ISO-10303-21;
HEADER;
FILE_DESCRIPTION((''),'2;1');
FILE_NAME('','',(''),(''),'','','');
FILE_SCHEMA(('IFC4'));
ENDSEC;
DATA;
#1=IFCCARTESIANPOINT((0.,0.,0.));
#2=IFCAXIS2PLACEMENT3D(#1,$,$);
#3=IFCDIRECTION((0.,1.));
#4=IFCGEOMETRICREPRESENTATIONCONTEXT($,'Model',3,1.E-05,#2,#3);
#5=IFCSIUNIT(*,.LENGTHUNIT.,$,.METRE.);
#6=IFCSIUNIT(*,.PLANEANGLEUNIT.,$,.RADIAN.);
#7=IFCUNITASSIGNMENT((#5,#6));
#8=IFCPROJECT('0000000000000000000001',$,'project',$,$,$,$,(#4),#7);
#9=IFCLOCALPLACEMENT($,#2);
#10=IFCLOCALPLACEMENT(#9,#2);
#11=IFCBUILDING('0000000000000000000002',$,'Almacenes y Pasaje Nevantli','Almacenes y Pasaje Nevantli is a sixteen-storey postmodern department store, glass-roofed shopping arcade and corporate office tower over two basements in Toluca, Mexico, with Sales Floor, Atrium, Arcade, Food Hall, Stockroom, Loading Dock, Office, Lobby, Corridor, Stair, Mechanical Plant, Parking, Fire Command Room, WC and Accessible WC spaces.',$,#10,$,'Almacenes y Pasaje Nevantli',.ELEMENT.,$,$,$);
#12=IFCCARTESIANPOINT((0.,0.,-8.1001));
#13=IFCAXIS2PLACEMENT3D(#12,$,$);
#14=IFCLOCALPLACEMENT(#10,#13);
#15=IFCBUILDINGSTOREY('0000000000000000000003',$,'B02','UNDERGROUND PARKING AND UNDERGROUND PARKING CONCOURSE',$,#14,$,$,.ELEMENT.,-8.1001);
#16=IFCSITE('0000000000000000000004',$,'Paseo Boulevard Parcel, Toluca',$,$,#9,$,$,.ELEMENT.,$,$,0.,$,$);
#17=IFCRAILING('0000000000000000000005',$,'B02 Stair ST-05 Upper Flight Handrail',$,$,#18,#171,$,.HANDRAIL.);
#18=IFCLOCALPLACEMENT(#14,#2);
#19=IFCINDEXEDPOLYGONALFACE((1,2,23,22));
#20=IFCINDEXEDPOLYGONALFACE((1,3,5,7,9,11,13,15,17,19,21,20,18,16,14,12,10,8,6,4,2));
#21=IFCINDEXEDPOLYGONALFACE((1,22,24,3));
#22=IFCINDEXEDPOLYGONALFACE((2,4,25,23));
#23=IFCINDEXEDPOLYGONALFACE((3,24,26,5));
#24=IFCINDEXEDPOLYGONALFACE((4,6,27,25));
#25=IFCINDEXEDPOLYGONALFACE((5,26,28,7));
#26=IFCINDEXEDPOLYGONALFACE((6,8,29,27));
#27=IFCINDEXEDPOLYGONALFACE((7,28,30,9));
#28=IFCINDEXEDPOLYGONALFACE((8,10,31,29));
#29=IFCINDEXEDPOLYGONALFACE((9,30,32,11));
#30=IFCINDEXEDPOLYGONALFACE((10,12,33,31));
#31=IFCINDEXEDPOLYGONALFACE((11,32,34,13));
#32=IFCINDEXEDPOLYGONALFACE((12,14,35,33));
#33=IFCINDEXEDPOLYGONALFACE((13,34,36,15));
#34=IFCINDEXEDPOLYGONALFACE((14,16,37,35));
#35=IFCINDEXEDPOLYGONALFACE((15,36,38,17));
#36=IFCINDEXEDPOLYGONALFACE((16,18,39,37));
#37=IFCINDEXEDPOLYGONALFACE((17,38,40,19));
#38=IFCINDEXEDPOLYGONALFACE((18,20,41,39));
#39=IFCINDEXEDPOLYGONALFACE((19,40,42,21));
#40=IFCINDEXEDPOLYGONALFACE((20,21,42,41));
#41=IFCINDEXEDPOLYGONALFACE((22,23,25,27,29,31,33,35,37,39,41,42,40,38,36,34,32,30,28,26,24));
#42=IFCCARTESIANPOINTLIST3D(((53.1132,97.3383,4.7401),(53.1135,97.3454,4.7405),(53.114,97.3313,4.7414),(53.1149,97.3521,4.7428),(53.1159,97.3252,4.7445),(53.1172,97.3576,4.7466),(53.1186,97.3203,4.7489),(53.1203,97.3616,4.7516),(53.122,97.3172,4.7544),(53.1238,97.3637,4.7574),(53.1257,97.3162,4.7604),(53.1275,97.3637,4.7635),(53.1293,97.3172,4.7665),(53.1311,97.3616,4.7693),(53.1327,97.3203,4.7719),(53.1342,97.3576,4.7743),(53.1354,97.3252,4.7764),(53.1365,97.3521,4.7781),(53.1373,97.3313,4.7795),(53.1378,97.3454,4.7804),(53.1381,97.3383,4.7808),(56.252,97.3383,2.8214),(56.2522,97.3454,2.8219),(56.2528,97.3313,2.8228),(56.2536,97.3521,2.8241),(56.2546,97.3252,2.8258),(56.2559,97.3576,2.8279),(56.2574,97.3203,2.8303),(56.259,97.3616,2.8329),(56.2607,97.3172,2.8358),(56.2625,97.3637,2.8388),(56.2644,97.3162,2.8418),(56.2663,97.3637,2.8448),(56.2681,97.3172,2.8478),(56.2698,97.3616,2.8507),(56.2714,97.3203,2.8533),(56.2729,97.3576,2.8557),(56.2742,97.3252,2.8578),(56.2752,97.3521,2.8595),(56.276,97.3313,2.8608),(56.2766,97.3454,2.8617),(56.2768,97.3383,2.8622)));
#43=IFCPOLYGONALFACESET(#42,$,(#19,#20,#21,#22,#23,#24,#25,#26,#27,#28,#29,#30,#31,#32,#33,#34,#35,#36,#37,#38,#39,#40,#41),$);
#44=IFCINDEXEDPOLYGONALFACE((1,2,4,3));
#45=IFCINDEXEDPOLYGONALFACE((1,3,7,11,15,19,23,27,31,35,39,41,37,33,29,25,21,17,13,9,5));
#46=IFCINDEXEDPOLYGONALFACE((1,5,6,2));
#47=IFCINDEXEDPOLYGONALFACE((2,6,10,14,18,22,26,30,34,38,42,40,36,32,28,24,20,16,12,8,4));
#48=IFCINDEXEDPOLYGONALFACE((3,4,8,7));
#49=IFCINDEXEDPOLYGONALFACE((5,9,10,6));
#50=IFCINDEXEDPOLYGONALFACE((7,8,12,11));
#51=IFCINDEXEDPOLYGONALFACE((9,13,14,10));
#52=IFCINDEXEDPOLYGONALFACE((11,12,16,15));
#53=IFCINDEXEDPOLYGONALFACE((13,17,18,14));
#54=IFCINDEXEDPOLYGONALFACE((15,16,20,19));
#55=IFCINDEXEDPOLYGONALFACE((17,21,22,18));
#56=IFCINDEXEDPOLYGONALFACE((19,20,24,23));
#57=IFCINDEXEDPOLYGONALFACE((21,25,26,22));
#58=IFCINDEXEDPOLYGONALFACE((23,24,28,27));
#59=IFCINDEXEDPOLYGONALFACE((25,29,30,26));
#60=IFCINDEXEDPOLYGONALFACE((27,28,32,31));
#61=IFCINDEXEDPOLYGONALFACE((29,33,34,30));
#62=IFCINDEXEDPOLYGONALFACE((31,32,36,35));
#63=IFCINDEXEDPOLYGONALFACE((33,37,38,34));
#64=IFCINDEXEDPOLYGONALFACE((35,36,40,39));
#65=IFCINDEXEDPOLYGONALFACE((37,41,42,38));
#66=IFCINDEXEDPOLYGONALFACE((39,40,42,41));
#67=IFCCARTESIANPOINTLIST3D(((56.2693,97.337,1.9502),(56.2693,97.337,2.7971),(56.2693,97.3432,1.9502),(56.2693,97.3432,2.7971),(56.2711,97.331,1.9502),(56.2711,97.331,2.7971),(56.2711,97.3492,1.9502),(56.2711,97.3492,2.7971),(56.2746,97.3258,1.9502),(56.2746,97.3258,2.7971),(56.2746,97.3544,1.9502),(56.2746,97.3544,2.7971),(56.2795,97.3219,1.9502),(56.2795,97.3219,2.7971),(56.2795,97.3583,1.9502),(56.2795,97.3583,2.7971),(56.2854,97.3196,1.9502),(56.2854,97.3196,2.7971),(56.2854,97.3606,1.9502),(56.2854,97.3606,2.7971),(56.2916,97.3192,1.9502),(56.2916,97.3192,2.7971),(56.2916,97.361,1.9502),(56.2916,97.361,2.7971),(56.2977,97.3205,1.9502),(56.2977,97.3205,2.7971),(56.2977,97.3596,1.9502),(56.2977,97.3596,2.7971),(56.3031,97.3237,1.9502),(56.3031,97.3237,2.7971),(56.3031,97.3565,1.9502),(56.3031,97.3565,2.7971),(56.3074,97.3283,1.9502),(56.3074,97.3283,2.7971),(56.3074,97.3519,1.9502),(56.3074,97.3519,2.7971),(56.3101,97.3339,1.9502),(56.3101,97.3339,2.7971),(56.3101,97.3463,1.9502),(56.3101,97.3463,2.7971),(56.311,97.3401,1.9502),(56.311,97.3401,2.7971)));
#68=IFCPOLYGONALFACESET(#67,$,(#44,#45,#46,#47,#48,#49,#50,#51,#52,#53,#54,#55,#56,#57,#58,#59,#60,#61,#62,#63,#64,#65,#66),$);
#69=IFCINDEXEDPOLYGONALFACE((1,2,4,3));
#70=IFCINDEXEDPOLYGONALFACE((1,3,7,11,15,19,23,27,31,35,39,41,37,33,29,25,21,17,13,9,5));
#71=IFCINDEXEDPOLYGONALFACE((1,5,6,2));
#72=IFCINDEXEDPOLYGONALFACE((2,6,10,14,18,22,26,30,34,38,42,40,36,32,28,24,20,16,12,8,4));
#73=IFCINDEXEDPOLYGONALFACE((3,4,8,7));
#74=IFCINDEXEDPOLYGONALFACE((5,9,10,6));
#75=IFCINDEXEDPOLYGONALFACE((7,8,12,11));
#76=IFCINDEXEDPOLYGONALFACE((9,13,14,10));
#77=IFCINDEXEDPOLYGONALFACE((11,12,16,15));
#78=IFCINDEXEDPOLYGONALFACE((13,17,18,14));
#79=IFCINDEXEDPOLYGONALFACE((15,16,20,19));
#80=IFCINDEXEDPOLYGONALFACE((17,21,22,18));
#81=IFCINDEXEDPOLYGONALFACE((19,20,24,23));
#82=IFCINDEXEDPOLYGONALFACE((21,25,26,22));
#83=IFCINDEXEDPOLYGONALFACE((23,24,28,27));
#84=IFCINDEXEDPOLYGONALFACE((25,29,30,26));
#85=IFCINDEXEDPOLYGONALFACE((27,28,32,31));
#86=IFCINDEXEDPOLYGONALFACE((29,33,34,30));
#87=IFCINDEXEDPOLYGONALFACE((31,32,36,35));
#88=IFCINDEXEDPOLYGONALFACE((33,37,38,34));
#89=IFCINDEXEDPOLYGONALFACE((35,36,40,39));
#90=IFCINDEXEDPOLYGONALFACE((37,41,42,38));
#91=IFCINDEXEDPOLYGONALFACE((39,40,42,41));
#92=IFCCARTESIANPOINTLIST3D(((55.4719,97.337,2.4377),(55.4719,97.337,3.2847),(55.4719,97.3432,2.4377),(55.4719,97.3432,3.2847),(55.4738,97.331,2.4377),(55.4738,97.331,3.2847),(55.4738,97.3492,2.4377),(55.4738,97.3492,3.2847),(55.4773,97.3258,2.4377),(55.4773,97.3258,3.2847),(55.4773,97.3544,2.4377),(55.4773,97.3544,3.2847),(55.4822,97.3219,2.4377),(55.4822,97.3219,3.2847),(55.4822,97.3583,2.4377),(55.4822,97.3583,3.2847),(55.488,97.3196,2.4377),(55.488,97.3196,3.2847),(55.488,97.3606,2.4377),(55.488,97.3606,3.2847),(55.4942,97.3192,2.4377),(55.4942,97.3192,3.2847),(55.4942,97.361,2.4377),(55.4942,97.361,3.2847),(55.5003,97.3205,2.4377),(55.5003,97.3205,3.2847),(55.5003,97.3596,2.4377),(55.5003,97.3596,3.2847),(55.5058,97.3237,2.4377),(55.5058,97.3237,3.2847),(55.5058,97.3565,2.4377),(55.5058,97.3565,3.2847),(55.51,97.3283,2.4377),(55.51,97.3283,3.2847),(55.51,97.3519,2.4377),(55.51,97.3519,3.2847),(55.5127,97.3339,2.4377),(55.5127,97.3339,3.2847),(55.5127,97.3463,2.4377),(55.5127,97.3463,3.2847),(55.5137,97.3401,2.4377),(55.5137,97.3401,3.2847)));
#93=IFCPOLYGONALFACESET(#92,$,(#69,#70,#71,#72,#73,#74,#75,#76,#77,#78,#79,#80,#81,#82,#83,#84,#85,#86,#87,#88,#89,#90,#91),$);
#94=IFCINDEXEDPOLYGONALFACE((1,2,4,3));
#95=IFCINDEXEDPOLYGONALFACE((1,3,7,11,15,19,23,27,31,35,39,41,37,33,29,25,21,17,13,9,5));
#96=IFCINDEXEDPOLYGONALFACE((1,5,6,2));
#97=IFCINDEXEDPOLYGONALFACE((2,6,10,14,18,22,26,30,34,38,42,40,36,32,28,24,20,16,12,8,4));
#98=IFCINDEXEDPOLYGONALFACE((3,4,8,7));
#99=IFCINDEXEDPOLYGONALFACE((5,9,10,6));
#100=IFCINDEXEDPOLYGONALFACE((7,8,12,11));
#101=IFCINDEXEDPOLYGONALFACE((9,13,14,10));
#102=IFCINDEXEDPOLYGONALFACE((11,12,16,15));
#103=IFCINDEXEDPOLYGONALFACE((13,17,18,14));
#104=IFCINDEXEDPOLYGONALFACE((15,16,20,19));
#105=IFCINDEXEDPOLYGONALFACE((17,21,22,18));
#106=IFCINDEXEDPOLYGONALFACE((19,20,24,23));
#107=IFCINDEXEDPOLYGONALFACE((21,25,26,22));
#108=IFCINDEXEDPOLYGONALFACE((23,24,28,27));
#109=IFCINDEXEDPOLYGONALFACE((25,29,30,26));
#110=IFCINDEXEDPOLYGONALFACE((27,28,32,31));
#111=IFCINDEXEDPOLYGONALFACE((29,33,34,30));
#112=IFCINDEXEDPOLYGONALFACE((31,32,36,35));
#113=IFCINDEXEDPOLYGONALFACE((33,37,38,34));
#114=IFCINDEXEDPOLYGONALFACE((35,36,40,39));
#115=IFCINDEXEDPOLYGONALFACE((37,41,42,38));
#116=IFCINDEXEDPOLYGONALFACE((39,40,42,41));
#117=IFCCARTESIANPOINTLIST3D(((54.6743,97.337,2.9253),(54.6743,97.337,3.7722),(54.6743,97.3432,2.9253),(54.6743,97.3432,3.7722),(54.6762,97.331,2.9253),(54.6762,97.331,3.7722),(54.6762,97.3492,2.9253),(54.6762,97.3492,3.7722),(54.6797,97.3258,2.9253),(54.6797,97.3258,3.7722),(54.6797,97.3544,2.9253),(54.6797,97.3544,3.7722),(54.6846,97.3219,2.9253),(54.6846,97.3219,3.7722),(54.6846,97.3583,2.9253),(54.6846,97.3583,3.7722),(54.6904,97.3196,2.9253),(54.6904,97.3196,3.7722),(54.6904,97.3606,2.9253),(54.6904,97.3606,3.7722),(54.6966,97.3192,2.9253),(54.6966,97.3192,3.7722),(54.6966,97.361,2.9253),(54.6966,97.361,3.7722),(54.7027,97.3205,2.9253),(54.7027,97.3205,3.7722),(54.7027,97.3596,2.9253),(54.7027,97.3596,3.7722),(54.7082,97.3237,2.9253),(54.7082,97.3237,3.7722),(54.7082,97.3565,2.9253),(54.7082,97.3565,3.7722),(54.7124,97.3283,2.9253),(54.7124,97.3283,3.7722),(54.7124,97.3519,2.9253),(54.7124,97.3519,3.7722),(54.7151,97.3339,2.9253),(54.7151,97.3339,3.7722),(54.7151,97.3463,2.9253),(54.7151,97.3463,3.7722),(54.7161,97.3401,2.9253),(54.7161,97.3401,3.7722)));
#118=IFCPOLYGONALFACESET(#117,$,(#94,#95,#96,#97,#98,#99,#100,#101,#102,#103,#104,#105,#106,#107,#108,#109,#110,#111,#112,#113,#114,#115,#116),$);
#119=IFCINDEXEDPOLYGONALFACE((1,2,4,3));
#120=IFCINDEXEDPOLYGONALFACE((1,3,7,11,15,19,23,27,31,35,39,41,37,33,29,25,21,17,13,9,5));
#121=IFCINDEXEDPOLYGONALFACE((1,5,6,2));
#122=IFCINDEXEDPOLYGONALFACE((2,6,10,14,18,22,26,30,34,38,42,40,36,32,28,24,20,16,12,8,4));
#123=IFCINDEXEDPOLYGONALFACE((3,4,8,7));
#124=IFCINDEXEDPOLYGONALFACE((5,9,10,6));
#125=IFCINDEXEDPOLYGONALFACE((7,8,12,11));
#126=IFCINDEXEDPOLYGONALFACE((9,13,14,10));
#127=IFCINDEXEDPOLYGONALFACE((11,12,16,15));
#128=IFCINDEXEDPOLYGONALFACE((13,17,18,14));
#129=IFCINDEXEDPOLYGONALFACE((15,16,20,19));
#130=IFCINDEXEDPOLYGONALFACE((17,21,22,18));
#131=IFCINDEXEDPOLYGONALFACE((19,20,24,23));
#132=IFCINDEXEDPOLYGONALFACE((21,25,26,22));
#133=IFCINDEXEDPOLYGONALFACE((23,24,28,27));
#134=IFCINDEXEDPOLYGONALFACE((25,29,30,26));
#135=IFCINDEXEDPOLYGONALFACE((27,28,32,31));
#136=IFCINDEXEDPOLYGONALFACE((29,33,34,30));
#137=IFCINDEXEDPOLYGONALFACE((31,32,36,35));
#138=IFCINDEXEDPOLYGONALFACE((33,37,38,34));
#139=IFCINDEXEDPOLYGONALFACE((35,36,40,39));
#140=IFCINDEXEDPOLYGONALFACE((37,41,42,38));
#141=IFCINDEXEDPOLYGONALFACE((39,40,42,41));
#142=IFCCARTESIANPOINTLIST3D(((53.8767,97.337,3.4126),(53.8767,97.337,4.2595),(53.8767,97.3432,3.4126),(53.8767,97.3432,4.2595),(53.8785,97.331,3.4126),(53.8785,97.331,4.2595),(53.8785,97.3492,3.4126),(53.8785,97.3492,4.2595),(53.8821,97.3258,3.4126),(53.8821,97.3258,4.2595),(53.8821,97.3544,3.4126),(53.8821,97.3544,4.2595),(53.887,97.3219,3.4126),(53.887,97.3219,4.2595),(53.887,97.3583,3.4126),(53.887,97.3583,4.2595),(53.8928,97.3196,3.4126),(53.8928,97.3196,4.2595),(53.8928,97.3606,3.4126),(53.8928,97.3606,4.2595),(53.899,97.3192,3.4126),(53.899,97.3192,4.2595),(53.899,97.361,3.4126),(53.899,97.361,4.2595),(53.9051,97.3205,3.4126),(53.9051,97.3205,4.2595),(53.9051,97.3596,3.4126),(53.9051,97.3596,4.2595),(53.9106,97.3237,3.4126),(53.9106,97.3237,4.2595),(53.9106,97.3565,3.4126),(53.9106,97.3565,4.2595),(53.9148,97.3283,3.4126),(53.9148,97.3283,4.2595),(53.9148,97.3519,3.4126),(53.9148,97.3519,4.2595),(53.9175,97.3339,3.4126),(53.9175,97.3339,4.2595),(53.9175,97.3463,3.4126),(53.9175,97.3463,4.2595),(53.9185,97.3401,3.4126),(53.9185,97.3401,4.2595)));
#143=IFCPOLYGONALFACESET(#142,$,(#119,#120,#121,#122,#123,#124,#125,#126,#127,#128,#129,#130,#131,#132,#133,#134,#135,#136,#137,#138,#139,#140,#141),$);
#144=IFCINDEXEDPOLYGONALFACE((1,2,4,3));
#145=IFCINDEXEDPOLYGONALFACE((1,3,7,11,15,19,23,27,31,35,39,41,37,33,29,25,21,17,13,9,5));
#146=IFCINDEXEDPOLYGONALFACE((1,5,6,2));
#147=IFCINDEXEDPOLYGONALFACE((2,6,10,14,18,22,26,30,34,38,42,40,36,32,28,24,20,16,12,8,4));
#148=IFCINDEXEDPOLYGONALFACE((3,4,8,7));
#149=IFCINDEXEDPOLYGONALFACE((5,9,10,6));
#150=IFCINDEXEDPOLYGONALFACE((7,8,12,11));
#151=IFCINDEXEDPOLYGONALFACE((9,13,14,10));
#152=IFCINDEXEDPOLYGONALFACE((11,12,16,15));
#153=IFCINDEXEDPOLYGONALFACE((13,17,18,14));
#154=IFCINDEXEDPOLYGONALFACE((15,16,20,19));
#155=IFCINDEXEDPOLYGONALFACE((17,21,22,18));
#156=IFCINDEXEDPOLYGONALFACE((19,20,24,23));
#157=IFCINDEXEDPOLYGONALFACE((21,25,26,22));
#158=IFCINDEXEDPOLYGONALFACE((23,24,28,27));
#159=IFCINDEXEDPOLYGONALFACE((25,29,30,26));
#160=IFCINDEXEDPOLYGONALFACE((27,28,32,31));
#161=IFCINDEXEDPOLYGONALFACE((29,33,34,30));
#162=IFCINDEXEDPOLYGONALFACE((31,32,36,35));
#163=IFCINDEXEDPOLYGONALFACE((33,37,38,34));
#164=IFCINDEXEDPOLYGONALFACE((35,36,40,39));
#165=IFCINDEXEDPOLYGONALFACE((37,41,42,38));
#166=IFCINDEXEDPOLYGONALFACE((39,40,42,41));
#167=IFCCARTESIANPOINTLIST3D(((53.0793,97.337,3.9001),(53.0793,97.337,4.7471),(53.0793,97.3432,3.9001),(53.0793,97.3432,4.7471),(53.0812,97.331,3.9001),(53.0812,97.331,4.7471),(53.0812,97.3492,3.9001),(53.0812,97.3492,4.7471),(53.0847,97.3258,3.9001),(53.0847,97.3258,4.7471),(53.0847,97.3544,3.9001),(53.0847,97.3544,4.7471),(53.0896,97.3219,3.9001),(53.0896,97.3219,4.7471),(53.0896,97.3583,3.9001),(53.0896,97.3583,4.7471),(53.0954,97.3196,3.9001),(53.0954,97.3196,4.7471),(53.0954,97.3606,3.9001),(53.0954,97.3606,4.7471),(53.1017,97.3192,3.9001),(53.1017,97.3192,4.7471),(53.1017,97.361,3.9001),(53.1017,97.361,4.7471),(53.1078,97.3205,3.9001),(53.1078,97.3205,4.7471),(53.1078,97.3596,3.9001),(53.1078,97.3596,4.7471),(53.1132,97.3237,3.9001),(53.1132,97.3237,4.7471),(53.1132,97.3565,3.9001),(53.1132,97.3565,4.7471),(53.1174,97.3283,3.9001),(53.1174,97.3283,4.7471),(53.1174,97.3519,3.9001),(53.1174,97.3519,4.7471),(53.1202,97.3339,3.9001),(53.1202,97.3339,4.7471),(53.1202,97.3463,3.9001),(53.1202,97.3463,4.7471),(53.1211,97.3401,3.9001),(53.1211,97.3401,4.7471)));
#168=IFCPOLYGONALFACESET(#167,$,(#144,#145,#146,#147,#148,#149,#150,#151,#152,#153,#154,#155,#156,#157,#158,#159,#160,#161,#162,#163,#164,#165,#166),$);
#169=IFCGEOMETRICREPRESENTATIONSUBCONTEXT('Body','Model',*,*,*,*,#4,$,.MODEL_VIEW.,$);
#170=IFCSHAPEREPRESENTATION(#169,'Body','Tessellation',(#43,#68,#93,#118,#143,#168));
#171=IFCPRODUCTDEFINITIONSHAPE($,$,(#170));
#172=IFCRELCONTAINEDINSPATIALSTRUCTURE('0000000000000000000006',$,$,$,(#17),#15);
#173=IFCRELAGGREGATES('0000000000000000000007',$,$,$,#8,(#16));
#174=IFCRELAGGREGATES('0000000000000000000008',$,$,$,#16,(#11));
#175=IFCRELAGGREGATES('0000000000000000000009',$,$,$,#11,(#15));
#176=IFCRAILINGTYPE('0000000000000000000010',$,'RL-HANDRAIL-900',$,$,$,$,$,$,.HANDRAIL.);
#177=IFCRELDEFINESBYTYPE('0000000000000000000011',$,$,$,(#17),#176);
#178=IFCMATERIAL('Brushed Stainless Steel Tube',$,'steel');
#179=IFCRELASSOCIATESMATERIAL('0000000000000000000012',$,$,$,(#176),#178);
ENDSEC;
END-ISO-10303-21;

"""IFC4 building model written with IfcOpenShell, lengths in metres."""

from ifc_helpers import new_model, si_unit, direction, frame, origin, origin_2d, place, context, subcontext, project, spatial, circle, extrude, material, type_object, element, save


model = new_model("IFC4")

# Units and contexts
model_context = context("Model", 3, precision=1e-05, world=origin(), true_north=direction((0.0, 1.0)))
body_context = subcontext(model_context, "Body", "Model", "MODEL_VIEW")
ifc_project = project(units=[si_unit("LENGTHUNIT", "METRE"), si_unit("PLANEANGLEUNIT", "RADIAN")], contexts=[model_context])

# Site, building, storey
site_placement = place(None, origin())
site = spatial("IfcSite", under=ifc_project, at=site_placement, Name="Paseo Boulevard Parcel, Toluca", CompositionType="ELEMENT", RefElevation=0.0)
building_placement = place(site_placement, origin())
building = spatial("IfcBuilding", under=site, at=building_placement, Name="Almacenes y Pasaje Nevantli", Description="Almacenes y Pasaje Nevantli is a sixteen-storey postmodern department store, glass-roofed shopping arcade and corporate office tower over two basements in Toluca, Mexico, with Sales Floor, Atrium, Arcade, Food Hall, Stockroom, Loading Dock, Office, Lobby, Corridor, Stair, Mechanical Plant, Parking, Fire Command Room, WC and Accessible WC spaces.", LongName="Almacenes y Pasaje Nevantli", CompositionType="ELEMENT")
storey_placement = place(building_placement, frame((0.0, 0.0, -8.1001)))
storey = spatial("IfcBuildingStorey", under=building, at=storey_placement, Name="B02", Description="UNDERGROUND PARKING AND UNDERGROUND PARKING CONCOURSE", CompositionType="ELEMENT", Elevation=-8.1001)

# Railing
ifc_material_1 = material(Name="Brushed Stainless Steel Tube", Category="steel")
railing_type_1 = type_object("IfcRailingType", Name="RL-HANDRAIL-900", PredefinedType="HANDRAIL", material=ifc_material_1)
railing_1_placement = place(storey_placement, frame((56.29, 97.3401, 1.9502)))
element("IfcRailing", 1, at=railing_1_placement, inside=storey, type_object=railing_type_1, Name="B02 Stair ST-05 Upper Flight Handrail", PredefinedType="HANDRAIL", context=body_context, shape_type="SweptSolid", body=[
    extrude(circle(Radius=0.0239, at=origin_2d()), frame((-0.0256, 0.0, 0.8916), z_axis=(-0.853217, 0.0, 0.521556), x_axis=(0.0, -1.0, 0.0)), (0.0, 0.0, 1.0), 3.6787),
    extrude(circle(Radius=0.021, at=origin_2d()), origin(), (0.0, 0.0, 1.0), 0.8469),
    extrude(circle(Radius=0.021, at=origin_2d()), frame((-0.7974, 0.0, 0.4875)), (0.0, 0.0, 1.0), 0.8469),
    extrude(circle(Radius=0.021, at=origin_2d()), frame((-1.595, 0.0, 0.9751)), (0.0, 0.0, 1.0), 0.8469),
    extrude(circle(Radius=0.021, at=origin_2d()), frame((-2.3926, 0.0, 1.4624)), (0.0, 0.0, 1.0), 0.8469),
    extrude(circle(Radius=0.021, at=origin_2d()), frame((-3.1899, 0.0, 1.95)), (0.0, 0.0, 1.0), 0.8469),
])

save(model, "model.ifc")
